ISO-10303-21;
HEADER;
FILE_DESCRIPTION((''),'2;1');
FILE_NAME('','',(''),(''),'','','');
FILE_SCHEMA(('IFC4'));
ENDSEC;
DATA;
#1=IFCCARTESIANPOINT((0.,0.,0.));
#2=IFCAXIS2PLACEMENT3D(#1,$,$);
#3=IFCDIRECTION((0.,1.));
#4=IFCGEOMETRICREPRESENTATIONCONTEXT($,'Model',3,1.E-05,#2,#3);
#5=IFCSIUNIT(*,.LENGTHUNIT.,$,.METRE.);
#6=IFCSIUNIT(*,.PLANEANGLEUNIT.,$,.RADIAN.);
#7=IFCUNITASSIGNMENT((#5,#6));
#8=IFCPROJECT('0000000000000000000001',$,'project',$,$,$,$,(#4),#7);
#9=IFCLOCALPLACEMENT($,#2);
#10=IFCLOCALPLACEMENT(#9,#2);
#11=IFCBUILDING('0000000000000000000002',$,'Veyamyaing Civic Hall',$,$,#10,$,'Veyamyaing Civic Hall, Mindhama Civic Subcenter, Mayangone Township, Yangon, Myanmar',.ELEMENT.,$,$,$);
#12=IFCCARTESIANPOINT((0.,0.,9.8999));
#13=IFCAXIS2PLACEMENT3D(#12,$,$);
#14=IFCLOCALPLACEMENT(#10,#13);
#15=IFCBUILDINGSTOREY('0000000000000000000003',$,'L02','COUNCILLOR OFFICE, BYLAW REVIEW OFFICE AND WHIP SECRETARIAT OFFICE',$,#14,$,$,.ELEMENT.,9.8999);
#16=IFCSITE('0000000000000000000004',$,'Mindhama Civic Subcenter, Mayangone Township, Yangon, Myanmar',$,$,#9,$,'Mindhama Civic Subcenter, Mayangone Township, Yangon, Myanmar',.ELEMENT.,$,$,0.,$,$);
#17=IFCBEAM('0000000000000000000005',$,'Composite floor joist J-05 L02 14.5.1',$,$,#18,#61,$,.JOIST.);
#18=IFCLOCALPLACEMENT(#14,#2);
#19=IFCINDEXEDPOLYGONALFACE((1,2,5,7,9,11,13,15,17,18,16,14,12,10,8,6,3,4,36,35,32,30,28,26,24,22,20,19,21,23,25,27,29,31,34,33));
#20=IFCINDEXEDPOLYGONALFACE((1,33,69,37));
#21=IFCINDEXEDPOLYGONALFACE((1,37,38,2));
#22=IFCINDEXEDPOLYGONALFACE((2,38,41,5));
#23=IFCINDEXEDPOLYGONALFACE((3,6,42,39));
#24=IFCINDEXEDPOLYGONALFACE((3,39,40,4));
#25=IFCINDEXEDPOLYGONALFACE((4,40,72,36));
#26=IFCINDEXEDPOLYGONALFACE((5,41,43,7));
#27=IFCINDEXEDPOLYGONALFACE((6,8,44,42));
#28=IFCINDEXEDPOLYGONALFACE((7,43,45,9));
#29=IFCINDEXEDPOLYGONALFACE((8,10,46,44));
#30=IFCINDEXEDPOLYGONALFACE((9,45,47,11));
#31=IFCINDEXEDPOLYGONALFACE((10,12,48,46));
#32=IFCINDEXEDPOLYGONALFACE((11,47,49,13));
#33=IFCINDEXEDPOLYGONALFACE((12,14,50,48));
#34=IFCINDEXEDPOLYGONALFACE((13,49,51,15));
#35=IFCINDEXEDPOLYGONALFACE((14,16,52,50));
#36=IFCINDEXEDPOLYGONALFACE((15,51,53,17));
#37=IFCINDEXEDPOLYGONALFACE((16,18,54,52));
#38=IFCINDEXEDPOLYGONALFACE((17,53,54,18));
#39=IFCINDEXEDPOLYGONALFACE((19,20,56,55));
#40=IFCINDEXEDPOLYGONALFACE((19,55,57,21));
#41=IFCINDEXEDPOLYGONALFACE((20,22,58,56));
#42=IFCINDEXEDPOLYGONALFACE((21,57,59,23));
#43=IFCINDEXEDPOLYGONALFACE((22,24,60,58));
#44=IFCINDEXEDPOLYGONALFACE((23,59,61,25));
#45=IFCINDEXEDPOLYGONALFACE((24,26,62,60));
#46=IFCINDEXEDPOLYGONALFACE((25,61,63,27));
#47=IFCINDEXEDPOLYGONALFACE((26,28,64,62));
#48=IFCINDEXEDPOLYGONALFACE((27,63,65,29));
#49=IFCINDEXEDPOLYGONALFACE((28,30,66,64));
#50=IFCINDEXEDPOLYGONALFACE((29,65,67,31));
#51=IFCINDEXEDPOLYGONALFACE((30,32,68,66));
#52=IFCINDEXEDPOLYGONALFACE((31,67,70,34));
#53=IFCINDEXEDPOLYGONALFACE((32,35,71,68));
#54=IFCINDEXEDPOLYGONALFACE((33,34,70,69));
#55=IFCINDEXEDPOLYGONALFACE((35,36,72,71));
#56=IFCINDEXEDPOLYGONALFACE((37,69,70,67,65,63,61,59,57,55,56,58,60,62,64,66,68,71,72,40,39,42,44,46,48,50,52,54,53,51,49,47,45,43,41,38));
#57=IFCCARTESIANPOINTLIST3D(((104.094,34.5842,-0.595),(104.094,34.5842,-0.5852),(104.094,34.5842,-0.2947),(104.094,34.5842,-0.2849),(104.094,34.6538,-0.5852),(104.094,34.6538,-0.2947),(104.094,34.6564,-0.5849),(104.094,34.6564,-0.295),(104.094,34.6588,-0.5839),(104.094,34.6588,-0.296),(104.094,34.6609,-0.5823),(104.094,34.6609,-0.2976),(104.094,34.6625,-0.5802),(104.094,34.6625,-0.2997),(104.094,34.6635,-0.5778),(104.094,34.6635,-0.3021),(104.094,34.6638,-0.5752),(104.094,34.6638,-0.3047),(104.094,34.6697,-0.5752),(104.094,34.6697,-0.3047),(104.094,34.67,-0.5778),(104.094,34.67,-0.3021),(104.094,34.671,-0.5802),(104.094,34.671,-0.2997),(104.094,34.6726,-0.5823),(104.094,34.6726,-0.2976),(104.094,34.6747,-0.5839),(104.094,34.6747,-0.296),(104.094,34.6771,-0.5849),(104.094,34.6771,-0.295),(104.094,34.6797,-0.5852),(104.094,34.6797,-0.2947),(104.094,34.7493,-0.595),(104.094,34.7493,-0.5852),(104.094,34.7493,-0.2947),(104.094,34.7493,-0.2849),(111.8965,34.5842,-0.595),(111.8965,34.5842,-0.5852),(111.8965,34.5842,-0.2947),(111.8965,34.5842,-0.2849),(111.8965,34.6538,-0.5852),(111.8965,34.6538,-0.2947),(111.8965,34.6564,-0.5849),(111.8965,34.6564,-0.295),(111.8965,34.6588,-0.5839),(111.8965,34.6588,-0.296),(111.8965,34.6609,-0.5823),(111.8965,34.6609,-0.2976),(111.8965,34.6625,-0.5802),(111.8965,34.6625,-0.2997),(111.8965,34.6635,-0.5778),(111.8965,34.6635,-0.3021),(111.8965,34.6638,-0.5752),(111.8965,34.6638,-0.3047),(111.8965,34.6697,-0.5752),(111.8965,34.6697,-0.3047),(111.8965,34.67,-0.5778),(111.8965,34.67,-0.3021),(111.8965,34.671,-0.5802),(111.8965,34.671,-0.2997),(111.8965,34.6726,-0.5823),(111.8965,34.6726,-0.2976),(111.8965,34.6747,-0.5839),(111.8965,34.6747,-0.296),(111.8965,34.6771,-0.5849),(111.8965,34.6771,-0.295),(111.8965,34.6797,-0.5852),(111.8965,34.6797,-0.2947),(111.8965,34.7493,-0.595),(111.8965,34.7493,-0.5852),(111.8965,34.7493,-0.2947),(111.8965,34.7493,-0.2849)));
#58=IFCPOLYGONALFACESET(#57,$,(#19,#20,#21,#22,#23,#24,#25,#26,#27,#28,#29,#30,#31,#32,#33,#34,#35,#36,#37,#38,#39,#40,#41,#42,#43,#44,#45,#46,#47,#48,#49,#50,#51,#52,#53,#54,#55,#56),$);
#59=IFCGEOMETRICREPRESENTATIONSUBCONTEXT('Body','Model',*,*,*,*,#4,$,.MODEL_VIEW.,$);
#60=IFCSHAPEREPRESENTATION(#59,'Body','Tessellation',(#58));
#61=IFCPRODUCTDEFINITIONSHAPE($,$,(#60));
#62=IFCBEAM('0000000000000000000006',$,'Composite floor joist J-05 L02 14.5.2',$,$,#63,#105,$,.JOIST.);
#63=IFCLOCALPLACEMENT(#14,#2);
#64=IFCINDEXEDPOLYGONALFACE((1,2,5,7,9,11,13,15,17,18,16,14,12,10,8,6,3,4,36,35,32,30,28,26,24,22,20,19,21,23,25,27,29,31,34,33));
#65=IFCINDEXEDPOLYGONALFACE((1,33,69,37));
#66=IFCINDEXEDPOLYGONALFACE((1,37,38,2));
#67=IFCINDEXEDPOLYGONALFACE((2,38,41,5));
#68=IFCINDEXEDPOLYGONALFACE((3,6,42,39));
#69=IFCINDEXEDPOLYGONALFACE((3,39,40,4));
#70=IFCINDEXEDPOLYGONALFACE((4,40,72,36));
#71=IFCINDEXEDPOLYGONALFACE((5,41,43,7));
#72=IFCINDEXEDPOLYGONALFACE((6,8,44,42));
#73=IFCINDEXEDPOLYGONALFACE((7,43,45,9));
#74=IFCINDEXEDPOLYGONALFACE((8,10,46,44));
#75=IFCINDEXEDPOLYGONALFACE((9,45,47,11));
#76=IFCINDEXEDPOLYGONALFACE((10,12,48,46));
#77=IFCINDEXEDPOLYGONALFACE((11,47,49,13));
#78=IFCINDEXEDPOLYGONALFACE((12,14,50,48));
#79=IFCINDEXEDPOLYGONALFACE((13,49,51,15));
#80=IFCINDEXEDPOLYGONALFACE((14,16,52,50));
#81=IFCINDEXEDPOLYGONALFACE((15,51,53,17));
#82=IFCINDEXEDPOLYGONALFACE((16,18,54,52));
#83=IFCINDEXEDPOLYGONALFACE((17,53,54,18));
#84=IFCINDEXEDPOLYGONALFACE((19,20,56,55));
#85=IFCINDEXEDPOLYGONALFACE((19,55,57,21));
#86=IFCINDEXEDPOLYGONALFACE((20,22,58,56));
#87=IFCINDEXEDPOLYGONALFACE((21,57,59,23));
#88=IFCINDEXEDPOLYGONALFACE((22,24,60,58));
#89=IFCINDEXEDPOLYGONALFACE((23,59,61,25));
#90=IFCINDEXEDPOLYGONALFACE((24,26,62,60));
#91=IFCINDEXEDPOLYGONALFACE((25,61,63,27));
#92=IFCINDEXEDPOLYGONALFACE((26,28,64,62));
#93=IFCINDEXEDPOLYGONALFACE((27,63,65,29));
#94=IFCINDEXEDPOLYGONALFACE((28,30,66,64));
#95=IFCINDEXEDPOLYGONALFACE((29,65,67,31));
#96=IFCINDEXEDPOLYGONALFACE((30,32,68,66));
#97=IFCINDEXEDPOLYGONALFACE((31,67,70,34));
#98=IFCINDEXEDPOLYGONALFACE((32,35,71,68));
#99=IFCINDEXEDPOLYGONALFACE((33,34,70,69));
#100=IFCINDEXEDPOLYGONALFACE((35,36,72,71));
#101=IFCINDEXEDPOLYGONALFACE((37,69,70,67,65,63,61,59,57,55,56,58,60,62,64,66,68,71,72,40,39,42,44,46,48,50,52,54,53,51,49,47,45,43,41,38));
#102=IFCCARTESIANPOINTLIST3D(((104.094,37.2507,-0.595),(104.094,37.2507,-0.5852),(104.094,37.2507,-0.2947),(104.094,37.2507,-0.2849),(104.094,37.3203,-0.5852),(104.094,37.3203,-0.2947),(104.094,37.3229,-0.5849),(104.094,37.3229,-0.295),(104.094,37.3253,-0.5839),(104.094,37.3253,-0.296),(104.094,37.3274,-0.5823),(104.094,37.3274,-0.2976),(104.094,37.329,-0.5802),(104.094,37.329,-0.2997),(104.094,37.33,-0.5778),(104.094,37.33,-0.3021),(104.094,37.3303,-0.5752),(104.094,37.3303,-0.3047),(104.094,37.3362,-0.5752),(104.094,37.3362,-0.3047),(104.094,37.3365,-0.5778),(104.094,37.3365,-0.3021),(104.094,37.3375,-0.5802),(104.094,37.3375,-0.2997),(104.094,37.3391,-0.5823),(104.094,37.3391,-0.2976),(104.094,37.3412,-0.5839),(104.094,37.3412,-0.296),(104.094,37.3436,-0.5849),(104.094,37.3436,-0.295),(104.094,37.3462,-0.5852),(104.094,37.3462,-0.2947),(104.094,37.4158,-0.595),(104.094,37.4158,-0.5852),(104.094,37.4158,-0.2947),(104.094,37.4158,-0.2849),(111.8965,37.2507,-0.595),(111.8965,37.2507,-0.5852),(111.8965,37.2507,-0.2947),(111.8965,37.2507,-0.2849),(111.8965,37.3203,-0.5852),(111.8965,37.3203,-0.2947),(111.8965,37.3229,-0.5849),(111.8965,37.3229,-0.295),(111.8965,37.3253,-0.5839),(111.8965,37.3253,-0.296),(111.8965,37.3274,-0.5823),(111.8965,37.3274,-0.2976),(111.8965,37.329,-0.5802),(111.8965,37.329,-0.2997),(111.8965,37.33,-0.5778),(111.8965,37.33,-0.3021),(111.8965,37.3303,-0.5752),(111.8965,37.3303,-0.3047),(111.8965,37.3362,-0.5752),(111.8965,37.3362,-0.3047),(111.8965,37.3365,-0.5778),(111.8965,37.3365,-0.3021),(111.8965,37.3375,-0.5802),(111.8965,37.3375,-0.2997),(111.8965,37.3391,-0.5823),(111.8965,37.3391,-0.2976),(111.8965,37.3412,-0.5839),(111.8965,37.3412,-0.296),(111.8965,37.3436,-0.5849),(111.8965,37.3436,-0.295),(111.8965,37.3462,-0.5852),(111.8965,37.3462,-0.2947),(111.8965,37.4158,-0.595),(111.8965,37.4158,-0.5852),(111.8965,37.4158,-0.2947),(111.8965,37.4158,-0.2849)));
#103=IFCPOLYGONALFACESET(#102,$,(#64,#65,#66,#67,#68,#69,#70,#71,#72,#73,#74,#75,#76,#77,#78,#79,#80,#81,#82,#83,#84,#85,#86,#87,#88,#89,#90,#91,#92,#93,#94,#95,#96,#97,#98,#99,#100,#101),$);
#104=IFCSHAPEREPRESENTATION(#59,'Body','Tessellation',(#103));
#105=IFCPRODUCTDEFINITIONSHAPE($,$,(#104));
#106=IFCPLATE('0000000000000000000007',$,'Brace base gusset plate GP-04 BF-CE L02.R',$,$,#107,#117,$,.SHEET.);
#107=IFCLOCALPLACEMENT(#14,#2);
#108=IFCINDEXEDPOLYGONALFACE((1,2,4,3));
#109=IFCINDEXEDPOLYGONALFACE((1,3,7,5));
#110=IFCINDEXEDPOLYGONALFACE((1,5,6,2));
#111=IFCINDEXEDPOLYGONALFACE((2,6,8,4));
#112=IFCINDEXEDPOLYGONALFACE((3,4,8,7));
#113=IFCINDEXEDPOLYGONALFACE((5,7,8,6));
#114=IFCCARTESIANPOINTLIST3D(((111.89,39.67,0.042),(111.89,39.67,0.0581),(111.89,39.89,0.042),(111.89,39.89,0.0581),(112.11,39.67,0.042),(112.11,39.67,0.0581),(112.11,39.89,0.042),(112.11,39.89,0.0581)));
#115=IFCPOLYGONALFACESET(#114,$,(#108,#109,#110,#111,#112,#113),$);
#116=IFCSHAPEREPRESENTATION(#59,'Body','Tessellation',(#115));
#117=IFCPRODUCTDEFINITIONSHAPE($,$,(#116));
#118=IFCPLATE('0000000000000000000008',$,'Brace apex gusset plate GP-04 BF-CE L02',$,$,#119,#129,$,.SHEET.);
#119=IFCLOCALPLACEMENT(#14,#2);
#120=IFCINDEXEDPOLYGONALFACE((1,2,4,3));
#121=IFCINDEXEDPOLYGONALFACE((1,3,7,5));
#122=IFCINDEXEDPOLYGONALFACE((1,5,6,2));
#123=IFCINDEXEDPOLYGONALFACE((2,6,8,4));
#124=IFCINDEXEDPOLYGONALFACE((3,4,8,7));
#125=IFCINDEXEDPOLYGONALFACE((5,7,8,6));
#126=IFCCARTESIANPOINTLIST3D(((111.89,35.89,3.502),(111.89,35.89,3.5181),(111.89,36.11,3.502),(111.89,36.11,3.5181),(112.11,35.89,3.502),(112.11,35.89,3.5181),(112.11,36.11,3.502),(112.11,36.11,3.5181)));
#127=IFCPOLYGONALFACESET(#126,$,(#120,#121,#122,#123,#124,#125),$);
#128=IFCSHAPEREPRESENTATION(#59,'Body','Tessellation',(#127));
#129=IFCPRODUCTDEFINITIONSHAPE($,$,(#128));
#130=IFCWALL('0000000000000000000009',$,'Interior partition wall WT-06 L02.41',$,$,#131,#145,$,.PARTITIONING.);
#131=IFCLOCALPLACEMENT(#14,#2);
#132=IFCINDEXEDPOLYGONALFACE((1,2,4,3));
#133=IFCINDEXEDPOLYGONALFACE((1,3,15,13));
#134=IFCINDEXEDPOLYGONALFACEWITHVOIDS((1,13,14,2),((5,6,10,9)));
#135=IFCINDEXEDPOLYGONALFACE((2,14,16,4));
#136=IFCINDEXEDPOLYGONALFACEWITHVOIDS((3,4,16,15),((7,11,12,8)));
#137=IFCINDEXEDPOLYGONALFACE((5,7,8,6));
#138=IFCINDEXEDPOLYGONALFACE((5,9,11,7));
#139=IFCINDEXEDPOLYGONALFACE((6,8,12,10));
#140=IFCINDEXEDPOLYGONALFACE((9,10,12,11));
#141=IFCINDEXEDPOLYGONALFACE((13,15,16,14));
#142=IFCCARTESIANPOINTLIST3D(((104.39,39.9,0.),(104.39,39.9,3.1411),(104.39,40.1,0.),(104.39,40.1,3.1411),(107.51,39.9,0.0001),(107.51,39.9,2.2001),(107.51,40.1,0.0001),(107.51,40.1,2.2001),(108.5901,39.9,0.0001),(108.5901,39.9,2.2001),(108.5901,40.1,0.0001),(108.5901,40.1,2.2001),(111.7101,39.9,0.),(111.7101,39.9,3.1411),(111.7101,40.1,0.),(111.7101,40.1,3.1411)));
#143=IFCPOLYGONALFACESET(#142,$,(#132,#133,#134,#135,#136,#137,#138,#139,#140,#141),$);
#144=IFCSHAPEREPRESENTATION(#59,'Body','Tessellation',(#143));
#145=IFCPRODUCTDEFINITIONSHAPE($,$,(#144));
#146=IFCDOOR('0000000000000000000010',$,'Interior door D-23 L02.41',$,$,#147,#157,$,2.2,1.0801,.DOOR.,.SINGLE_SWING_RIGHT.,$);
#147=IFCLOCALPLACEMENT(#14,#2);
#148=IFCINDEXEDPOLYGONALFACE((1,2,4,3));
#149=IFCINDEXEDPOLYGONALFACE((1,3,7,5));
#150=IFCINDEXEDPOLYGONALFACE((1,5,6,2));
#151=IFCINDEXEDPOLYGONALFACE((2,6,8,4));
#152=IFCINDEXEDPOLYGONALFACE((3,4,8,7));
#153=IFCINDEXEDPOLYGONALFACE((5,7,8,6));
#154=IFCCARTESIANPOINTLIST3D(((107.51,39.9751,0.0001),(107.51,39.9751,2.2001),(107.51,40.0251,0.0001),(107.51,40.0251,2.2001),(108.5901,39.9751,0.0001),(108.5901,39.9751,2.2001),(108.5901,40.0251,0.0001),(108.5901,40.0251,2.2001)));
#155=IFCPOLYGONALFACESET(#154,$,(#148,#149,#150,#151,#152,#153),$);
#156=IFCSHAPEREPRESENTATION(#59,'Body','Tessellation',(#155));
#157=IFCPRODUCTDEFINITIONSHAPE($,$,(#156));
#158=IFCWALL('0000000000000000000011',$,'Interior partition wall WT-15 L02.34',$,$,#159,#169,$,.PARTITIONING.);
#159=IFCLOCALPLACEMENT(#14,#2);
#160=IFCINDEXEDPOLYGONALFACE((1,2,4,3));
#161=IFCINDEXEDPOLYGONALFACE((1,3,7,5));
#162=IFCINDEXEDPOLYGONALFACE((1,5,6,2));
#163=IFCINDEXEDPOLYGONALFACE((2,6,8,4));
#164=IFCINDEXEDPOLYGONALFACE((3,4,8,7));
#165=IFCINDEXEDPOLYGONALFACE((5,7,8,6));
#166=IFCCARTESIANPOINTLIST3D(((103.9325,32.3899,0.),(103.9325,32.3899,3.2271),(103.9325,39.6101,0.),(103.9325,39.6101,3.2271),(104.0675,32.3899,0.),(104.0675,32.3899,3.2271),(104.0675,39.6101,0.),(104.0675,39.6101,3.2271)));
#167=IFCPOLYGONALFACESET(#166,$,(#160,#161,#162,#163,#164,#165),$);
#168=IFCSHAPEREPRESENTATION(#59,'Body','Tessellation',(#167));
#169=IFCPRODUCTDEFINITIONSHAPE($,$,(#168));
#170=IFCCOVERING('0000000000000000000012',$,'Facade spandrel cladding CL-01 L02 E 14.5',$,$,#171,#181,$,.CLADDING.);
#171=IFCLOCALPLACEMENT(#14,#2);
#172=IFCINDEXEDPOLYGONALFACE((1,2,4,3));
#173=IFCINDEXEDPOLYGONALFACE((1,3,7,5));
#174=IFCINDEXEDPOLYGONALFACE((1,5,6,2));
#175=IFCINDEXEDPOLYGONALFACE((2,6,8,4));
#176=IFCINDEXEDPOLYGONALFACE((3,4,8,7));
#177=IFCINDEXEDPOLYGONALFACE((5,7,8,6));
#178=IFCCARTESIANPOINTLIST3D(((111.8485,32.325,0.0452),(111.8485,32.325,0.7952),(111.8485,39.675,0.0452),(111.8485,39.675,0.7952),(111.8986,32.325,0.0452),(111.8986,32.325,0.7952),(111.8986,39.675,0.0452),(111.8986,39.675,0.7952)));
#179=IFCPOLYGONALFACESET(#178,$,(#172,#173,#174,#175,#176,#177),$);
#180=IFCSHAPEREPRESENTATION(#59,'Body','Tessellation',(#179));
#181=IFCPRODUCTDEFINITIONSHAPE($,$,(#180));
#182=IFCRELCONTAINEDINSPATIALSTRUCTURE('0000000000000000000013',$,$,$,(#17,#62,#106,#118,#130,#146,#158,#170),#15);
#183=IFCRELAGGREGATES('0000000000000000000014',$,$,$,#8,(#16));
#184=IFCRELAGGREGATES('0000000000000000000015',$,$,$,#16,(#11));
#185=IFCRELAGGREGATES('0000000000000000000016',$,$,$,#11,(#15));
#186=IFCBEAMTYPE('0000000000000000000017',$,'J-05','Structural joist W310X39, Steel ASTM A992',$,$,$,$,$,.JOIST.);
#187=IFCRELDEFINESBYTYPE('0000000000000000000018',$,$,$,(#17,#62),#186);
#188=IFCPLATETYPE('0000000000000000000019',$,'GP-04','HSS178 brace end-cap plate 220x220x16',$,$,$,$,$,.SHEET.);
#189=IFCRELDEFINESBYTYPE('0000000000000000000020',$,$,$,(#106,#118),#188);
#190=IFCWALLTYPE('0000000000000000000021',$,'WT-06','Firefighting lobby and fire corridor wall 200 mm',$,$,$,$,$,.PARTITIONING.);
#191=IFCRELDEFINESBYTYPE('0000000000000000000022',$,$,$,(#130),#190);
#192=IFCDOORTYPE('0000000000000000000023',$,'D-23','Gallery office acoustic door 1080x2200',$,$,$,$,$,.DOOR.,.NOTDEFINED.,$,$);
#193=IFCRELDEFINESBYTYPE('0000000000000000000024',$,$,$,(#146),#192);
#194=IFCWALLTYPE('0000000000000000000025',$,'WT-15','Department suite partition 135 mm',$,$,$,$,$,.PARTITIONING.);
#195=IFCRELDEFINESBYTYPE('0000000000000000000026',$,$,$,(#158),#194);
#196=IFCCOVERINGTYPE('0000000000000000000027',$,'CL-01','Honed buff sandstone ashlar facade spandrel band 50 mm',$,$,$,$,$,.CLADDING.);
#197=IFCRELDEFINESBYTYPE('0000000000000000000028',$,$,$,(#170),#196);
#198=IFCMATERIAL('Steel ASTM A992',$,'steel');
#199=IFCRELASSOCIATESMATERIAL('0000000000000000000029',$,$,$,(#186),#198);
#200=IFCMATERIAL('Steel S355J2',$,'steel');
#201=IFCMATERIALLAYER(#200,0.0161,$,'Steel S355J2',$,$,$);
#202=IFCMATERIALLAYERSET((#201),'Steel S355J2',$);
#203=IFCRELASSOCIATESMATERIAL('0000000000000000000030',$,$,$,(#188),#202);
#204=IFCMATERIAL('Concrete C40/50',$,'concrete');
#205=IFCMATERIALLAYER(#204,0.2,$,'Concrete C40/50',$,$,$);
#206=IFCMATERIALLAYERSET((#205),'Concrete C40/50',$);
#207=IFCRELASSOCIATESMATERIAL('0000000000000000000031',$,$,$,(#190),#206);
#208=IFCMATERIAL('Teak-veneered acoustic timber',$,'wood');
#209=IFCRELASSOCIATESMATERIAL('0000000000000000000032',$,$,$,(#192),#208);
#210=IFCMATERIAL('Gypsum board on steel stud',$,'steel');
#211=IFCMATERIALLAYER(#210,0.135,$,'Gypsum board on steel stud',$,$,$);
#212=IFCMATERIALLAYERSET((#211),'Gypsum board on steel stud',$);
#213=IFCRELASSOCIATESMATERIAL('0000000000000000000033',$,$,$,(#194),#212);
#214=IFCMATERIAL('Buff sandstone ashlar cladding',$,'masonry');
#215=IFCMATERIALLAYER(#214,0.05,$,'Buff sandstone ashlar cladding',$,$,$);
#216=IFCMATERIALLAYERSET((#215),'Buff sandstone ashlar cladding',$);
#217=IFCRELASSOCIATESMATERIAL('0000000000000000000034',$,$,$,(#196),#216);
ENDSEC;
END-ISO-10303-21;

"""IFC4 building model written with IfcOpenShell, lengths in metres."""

from ifc_helpers import new_model, si_unit, direction, frame, frame_2d, origin, origin_2d, place, context, subcontext, project, spatial, rectangle, i_section, extrude, material, layer, layer_set, material_profile, profile_set, type_object, element, fill, save


model = new_model("IFC4")

# Units and contexts
model_context = context("Model", 3, precision=1e-05, world=origin(), true_north=direction((0.0, 1.0)))
body_context = subcontext(model_context, "Body", "Model", "MODEL_VIEW")
ifc_project = project(units=[si_unit("LENGTHUNIT", "METRE"), si_unit("PLANEANGLEUNIT", "RADIAN")], contexts=[model_context])

# Site, building, storey
site_placement = place(None, origin())
site = spatial("IfcSite", under=ifc_project, at=site_placement, Name="Mindhama Civic Subcenter, Mayangone Township, Yangon, Myanmar", LongName="Mindhama Civic Subcenter, Mayangone Township, Yangon, Myanmar", CompositionType="ELEMENT", RefElevation=0.0)
building_placement = place(site_placement, origin())
building = spatial("IfcBuilding", under=site, at=building_placement, Name="Veyamyaing Civic Hall", LongName="Veyamyaing Civic Hall, Mindhama Civic Subcenter, Mayangone Township, Yangon, Myanmar", CompositionType="ELEMENT")
storey_placement = place(building_placement, frame((0.0, 0.0, 9.8999)))
storey = spatial("IfcBuildingStorey", under=building, at=storey_placement, Name="L02", Description="COUNCILLOR OFFICE, BYLAW REVIEW OFFICE AND WHIP SECRETARIAT OFFICE", CompositionType="ELEMENT", Elevation=9.8999)

# Shared definitions
ifc_material_1 = material(Name="Steel ASTM A992", Category="steel")

# Shared definitions
ifc_material_2 = material(Name="Steel S355J2", Category="steel")

# Beams
ifc_material_profile_1 = material_profile(ifc_material_1, i_section(OverallWidth=0.165, OverallDepth=0.3101, WebThickness=0.0059, FlangeThickness=0.0098, FilletRadius=0.01, at=origin_2d()), Name="W310X39")
ifc_profile_set_1 = profile_set([ifc_material_profile_1], Name="Steel ASTM A992")
beam_type_1 = type_object("IfcBeamType", Name="J-05", Description="Structural joist W310X39, Steel ASTM A992", PredefinedType="JOIST", material=ifc_profile_set_1)
for number, where, z_axis, x_axis, name in (
    (1, (104.094, 34.6667, -0.4399), (1.0, 0.0, 0.0), (0.0, 1.0, 0.0), "Composite floor joist J-05 L02 14.5.1"),
    (2, (104.094, 37.3333, -0.4399), (1.0, 0.0, 0.0), (0.0, 1.0, 0.0), "Composite floor joist J-05 L02 14.5.2"),
):
    element("IfcBeam", number, at=place(storey_placement, frame(where, z_axis=z_axis, x_axis=x_axis)), inside=storey, type_object=beam_type_1, Name=name, PredefinedType="JOIST", context=body_context, shape_type="SweptSolid", body=[
        extrude(i_section(OverallWidth=0.165, OverallDepth=0.3101, WebThickness=0.0059, FlangeThickness=0.0098, FilletRadius=0.01, at=origin_2d()), origin(), (0.0, 0.0, 1.0), 7.8025),
    ])

# Plates
ifc_layer_1 = layer(ifc_material_2, 0.0161, Name="Steel S355J2")
ifc_layer_set_1 = layer_set([ifc_layer_1], Name="Steel S355J2")
plate_type = type_object("IfcPlateType", Name="GP-04", Description="HSS178 brace end-cap plate 220x220x16", PredefinedType="SHEET", material=ifc_layer_set_1)
for number, where, z_axis, x_axis, name in (
    (3, (112.0, 39.78, 0.042), (0.0, 0.0, 1.0), (1.0, 0.0, 0.0), "Brace base gusset plate GP-04 BF-CE L02.R"),
    (4, (112.0, 36.0, 3.502), (0.0, 0.0, 1.0), (1.0, 0.0, 0.0), "Brace apex gusset plate GP-04 BF-CE L02"),
):
    element("IfcPlate", number, at=place(storey_placement, frame(where, z_axis=z_axis, x_axis=x_axis)), inside=storey, type_object=plate_type, Name=name, PredefinedType="SHEET", context=body_context, shape_type="SweptSolid", body=[
        extrude(rectangle(XDim=0.22, YDim=0.22, at=origin_2d()), origin(), (0.0, 0.0, 1.0), 0.0161),
    ])

# Wall, opening, door
ifc_material_3 = material(Name="Concrete C40/50", Category="concrete")
ifc_layer_2 = layer(ifc_material_3, 0.2, Name="Concrete C40/50")
ifc_layer_set_2 = layer_set([ifc_layer_2], Name="Concrete C40/50")
wall_type_1 = type_object("IfcWallType", Name="WT-06", Description="Firefighting lobby and fire corridor wall 200 mm", PredefinedType="PARTITIONING", material=ifc_layer_set_2)
wall_1_placement = place(storey_placement, frame((104.3899, 40.0, 0.0), z_axis=(0.0, 0.0, 1.0), x_axis=(1.0, 0.0, 0.0)))
wall_1 = element("IfcWall", 5, at=wall_1_placement, inside=storey, type_object=wall_type_1, Name="Interior partition wall WT-06 L02.41", PredefinedType="PARTITIONING", context=body_context, shape_type="SweptSolid", body=[
    extrude(rectangle(XDim=7.3201, YDim=0.2, at=frame_2d((3.6602, 0.0))), origin(), (0.0, 0.0, 1.0), 3.1411),
])
opening_placement = place(wall_1_placement, frame((3.1201, 0.0, 0.0)))
opening = element("IfcOpeningElement", 6, at=opening_placement, cuts=wall_1, PredefinedType="OPENING", context=body_context, shape_type="SweptSolid", body=[
    extrude(rectangle(XDim=1.0801, YDim=2.2, at=frame_2d((0.54, 1.1001))), frame((0.0, 0.1099, 0.0), z_axis=(0.0, -1.0, 0.0), x_axis=(1.0, 0.0, 0.0)), (0.0, 0.0, 1.0), 0.22),
])
ifc_material_4 = material(Name="Teak-veneered acoustic timber", Category="wood")
door_type = type_object("IfcDoorType", Name="D-23", Description="Gallery office acoustic door 1080x2200", OperationType="NOTDEFINED", PredefinedType="DOOR", material=ifc_material_4)
door_placement = place(opening_placement, frame((1.0801, 0.0, 0.0), z_axis=(0.0, 0.0, 1.0), x_axis=(-1.0, 0.0, 0.0)))
door = element("IfcDoor", 7, at=door_placement, inside=storey, type_object=door_type, Name="Interior door D-23 L02.41", OperationType="SINGLE_SWING_RIGHT", OverallHeight=2.2, OverallWidth=1.0801, PredefinedType="DOOR", context=body_context, shape_type="SweptSolid", body=[
    extrude(rectangle(XDim=1.0801, YDim=2.2, at=frame_2d((0.54, 1.1001))), frame((0.0, 0.0249, 0.0), z_axis=(0.0, -1.0, 0.0), x_axis=(1.0, 0.0, 0.0)), (0.0, 0.0, 1.0), 0.05),
])
fill(opening, door)

# Wall
ifc_material_5 = material(Name="Gypsum board on steel stud", Category="steel")
ifc_layer_3 = layer(ifc_material_5, 0.135, Name="Gypsum board on steel stud")
ifc_layer_set_3 = layer_set([ifc_layer_3], Name="Gypsum board on steel stud")
wall_type_2 = type_object("IfcWallType", Name="WT-15", Description="Department suite partition 135 mm", PredefinedType="PARTITIONING", material=ifc_layer_set_3)
wall_2_placement = place(storey_placement, frame((104.0, 32.3899, 0.0), z_axis=(0.0, 0.0, 1.0), x_axis=(0.0, 1.0, 0.0)))
element("IfcWall", 8, at=wall_2_placement, inside=storey, type_object=wall_type_2, Name="Interior partition wall WT-15 L02.34", PredefinedType="PARTITIONING", context=body_context, shape_type="SweptSolid", body=[
    extrude(rectangle(XDim=7.2202, YDim=0.135, at=frame_2d((3.6101, 0.0))), origin(), (0.0, 0.0, 1.0), 3.2271),
])

# Covering
ifc_material_6 = material(Name="Buff sandstone ashlar cladding", Category="masonry")
ifc_layer_4 = layer(ifc_material_6, 0.05, Name="Buff sandstone ashlar cladding")
ifc_layer_set_4 = layer_set([ifc_layer_4], Name="Buff sandstone ashlar cladding")
covering_type_1 = type_object("IfcCoveringType", Name="CL-01", Description="Honed buff sandstone ashlar facade spandrel band 50 mm", PredefinedType="CLADDING", material=ifc_layer_set_4)
covering_placement = place(storey_placement, frame((111.8735, 36.0, 0.0452), z_axis=(0.0, 0.0, 1.0), x_axis=(0.0, 1.0, 0.0)))
element("IfcCovering", 9, at=covering_placement, inside=storey, type_object=covering_type_1, Name="Facade spandrel cladding CL-01 L02 E 14.5", PredefinedType="CLADDING", context=body_context, shape_type="SweptSolid", body=[
    extrude(rectangle(XDim=7.3501, YDim=0.05, at=origin_2d()), origin(), (0.0, 0.0, 1.0), 0.75),
])

save(model, "model.ifc")
